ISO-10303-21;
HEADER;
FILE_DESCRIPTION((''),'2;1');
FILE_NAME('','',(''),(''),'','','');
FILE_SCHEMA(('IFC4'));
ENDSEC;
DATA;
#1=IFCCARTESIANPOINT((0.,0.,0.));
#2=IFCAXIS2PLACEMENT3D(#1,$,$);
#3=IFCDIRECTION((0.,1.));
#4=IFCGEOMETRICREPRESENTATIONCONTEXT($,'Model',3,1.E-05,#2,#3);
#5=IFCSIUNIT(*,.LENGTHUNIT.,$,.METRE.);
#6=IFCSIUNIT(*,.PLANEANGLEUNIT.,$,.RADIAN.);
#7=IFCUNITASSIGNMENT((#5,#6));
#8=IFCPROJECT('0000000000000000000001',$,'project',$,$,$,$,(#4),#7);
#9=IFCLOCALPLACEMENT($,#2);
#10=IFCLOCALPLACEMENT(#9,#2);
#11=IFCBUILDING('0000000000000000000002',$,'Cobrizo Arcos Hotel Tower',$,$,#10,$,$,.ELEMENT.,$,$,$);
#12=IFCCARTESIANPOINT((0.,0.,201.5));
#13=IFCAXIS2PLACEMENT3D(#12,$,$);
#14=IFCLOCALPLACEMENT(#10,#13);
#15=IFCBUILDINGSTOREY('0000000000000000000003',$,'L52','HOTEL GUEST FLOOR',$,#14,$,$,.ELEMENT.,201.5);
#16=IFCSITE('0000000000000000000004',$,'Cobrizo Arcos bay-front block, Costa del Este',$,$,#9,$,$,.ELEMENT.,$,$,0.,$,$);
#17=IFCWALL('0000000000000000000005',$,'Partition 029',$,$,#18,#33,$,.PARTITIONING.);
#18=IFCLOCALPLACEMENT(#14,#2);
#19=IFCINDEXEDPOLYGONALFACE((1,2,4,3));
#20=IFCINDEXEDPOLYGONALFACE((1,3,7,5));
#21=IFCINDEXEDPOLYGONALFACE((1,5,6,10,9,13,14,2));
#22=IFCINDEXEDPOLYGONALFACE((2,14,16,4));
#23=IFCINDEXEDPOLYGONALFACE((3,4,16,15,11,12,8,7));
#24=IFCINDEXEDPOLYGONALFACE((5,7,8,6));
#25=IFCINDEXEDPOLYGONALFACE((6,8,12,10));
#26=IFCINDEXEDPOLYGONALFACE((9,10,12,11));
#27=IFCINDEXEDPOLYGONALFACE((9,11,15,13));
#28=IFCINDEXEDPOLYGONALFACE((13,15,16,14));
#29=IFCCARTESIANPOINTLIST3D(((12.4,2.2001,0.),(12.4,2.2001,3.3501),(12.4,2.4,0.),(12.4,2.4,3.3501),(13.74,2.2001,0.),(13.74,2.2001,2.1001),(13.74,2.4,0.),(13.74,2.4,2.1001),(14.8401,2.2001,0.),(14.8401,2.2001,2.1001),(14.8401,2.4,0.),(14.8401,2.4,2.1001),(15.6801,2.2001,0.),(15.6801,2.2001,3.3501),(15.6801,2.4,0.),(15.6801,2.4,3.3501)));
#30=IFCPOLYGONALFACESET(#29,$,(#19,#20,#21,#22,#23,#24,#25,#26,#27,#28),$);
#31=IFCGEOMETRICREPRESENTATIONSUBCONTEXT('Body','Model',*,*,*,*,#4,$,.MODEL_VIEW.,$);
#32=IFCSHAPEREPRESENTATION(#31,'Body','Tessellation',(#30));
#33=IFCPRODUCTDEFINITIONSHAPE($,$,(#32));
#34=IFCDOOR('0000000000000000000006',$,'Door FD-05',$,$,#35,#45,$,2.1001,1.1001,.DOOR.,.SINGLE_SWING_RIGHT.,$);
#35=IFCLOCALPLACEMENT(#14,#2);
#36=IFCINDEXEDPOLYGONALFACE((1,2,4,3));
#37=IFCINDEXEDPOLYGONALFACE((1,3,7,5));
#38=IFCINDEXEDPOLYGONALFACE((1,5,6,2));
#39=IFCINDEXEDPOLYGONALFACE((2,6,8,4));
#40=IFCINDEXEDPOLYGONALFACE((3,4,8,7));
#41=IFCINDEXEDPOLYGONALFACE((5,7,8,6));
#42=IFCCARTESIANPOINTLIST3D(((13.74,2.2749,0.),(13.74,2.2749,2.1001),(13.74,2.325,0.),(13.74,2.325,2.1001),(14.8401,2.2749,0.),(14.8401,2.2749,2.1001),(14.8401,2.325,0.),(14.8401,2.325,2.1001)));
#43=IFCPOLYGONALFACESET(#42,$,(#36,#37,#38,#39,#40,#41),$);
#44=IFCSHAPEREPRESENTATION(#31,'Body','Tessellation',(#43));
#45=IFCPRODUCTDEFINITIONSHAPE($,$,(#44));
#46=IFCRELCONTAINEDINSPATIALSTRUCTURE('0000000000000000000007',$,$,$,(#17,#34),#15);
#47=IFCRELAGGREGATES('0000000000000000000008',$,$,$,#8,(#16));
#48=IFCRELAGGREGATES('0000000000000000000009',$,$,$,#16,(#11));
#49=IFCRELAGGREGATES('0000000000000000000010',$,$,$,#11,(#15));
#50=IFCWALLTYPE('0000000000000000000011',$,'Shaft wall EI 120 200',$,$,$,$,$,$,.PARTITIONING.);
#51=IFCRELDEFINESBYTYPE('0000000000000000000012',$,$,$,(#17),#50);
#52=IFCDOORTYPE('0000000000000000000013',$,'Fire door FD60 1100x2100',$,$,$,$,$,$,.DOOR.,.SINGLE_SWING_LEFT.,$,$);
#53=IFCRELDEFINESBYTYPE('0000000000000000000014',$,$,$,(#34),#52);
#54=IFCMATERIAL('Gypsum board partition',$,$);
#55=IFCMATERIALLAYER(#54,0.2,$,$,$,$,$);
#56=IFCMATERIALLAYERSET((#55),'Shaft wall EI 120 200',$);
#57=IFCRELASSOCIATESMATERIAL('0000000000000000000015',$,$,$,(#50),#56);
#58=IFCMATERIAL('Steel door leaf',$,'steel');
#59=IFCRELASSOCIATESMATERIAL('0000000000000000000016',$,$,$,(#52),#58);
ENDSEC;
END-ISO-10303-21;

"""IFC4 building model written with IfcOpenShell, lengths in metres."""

from ifc_helpers import new_model, si_unit, direction, frame, frame_2d, origin, place, context, subcontext, project, spatial, rectangle, extrude, material, layer, layer_set, type_object, element, fill, save


model = new_model("IFC4")

# Units and contexts
model_context = context("Model", 3, precision=1e-05, world=origin(), true_north=direction((0.0, 1.0)))
body_context = subcontext(model_context, "Body", "Model", "MODEL_VIEW")
ifc_project = project(units=[si_unit("LENGTHUNIT", "METRE"), si_unit("PLANEANGLEUNIT", "RADIAN")], contexts=[model_context])

# Site, building, storey
site_placement = place(None, origin())
site = spatial("IfcSite", under=ifc_project, at=site_placement, Name="Cobrizo Arcos bay-front block, Costa del Este", CompositionType="ELEMENT", RefElevation=0.0)
building_placement = place(site_placement, origin())
building = spatial("IfcBuilding", under=site, at=building_placement, Name="Cobrizo Arcos Hotel Tower", CompositionType="ELEMENT")
storey_placement = place(building_placement, frame((0.0, 0.0, 201.5)))
storey = spatial("IfcBuildingStorey", under=building, at=storey_placement, Name="L52", Description="HOTEL GUEST FLOOR", CompositionType="ELEMENT", Elevation=201.5)

# Shared definitions
ifc_material_1 = material(Name="Gypsum board partition")

# Wall, opening, door
ifc_layer_1 = layer(ifc_material_1, 0.2)
ifc_layer_set_1 = layer_set([ifc_layer_1], Name="Shaft wall EI 120 200")
wall_type_1 = type_object("IfcWallType", Name="Shaft wall EI 120 200", PredefinedType="PARTITIONING", material=ifc_layer_set_1)
wall_1_placement = place(storey_placement, frame((12.3999, 2.3, 0.0), z_axis=(0.0, 0.0, 1.0), x_axis=(1.0, 0.0, 0.0)))
wall_1 = element("IfcWall", 1, at=wall_1_placement, inside=storey, type_object=wall_type_1, Name="Partition 029", PredefinedType="PARTITIONING", context=body_context, shape_type="SweptSolid", body=[
    extrude(rectangle(XDim=3.28, YDim=0.2, at=frame_2d((1.6401, 0.0))), origin(), (0.0, 0.0, 1.0), 3.3501),
])
opening_placement = place(wall_1_placement, frame((1.3401, 0.0, 0.0)))
opening = element("IfcOpeningElement", 2, at=opening_placement, cuts=wall_1, PredefinedType="OPENING", context=body_context, shape_type="SweptSolid", body=[
    extrude(rectangle(XDim=1.1001, YDim=2.1001, at=frame_2d((0.55, 1.05))), frame((0.0, 0.1121, 0.0), z_axis=(0.0, -1.0, 0.0), x_axis=(1.0, 0.0, 0.0)), (0.0, 0.0, 1.0), 0.2239),
])
ifc_material_2 = material(Name="Steel door leaf", Category="steel")
door_type = type_object("IfcDoorType", Name="Fire door FD60 1100x2100", OperationType="SINGLE_SWING_LEFT", PredefinedType="DOOR", material=ifc_material_2)
door_placement = place(opening_placement, origin())
door = element("IfcDoor", 3, at=door_placement, inside=storey, type_object=door_type, Name="Door FD-05", OperationType="SINGLE_SWING_RIGHT", OverallHeight=2.1001, OverallWidth=1.1001, PredefinedType="DOOR", context=body_context, shape_type="SweptSolid", body=[
    extrude(rectangle(XDim=1.1001, YDim=2.1001, at=frame_2d((0.55, 1.05))), frame((0.0, 0.0249, 0.0), z_axis=(0.0, -1.0, 0.0), x_axis=(1.0, 0.0, 0.0)), (0.0, 0.0, 1.0), 0.05),
])
fill(opening, door)

save(model, "model.ifc")
